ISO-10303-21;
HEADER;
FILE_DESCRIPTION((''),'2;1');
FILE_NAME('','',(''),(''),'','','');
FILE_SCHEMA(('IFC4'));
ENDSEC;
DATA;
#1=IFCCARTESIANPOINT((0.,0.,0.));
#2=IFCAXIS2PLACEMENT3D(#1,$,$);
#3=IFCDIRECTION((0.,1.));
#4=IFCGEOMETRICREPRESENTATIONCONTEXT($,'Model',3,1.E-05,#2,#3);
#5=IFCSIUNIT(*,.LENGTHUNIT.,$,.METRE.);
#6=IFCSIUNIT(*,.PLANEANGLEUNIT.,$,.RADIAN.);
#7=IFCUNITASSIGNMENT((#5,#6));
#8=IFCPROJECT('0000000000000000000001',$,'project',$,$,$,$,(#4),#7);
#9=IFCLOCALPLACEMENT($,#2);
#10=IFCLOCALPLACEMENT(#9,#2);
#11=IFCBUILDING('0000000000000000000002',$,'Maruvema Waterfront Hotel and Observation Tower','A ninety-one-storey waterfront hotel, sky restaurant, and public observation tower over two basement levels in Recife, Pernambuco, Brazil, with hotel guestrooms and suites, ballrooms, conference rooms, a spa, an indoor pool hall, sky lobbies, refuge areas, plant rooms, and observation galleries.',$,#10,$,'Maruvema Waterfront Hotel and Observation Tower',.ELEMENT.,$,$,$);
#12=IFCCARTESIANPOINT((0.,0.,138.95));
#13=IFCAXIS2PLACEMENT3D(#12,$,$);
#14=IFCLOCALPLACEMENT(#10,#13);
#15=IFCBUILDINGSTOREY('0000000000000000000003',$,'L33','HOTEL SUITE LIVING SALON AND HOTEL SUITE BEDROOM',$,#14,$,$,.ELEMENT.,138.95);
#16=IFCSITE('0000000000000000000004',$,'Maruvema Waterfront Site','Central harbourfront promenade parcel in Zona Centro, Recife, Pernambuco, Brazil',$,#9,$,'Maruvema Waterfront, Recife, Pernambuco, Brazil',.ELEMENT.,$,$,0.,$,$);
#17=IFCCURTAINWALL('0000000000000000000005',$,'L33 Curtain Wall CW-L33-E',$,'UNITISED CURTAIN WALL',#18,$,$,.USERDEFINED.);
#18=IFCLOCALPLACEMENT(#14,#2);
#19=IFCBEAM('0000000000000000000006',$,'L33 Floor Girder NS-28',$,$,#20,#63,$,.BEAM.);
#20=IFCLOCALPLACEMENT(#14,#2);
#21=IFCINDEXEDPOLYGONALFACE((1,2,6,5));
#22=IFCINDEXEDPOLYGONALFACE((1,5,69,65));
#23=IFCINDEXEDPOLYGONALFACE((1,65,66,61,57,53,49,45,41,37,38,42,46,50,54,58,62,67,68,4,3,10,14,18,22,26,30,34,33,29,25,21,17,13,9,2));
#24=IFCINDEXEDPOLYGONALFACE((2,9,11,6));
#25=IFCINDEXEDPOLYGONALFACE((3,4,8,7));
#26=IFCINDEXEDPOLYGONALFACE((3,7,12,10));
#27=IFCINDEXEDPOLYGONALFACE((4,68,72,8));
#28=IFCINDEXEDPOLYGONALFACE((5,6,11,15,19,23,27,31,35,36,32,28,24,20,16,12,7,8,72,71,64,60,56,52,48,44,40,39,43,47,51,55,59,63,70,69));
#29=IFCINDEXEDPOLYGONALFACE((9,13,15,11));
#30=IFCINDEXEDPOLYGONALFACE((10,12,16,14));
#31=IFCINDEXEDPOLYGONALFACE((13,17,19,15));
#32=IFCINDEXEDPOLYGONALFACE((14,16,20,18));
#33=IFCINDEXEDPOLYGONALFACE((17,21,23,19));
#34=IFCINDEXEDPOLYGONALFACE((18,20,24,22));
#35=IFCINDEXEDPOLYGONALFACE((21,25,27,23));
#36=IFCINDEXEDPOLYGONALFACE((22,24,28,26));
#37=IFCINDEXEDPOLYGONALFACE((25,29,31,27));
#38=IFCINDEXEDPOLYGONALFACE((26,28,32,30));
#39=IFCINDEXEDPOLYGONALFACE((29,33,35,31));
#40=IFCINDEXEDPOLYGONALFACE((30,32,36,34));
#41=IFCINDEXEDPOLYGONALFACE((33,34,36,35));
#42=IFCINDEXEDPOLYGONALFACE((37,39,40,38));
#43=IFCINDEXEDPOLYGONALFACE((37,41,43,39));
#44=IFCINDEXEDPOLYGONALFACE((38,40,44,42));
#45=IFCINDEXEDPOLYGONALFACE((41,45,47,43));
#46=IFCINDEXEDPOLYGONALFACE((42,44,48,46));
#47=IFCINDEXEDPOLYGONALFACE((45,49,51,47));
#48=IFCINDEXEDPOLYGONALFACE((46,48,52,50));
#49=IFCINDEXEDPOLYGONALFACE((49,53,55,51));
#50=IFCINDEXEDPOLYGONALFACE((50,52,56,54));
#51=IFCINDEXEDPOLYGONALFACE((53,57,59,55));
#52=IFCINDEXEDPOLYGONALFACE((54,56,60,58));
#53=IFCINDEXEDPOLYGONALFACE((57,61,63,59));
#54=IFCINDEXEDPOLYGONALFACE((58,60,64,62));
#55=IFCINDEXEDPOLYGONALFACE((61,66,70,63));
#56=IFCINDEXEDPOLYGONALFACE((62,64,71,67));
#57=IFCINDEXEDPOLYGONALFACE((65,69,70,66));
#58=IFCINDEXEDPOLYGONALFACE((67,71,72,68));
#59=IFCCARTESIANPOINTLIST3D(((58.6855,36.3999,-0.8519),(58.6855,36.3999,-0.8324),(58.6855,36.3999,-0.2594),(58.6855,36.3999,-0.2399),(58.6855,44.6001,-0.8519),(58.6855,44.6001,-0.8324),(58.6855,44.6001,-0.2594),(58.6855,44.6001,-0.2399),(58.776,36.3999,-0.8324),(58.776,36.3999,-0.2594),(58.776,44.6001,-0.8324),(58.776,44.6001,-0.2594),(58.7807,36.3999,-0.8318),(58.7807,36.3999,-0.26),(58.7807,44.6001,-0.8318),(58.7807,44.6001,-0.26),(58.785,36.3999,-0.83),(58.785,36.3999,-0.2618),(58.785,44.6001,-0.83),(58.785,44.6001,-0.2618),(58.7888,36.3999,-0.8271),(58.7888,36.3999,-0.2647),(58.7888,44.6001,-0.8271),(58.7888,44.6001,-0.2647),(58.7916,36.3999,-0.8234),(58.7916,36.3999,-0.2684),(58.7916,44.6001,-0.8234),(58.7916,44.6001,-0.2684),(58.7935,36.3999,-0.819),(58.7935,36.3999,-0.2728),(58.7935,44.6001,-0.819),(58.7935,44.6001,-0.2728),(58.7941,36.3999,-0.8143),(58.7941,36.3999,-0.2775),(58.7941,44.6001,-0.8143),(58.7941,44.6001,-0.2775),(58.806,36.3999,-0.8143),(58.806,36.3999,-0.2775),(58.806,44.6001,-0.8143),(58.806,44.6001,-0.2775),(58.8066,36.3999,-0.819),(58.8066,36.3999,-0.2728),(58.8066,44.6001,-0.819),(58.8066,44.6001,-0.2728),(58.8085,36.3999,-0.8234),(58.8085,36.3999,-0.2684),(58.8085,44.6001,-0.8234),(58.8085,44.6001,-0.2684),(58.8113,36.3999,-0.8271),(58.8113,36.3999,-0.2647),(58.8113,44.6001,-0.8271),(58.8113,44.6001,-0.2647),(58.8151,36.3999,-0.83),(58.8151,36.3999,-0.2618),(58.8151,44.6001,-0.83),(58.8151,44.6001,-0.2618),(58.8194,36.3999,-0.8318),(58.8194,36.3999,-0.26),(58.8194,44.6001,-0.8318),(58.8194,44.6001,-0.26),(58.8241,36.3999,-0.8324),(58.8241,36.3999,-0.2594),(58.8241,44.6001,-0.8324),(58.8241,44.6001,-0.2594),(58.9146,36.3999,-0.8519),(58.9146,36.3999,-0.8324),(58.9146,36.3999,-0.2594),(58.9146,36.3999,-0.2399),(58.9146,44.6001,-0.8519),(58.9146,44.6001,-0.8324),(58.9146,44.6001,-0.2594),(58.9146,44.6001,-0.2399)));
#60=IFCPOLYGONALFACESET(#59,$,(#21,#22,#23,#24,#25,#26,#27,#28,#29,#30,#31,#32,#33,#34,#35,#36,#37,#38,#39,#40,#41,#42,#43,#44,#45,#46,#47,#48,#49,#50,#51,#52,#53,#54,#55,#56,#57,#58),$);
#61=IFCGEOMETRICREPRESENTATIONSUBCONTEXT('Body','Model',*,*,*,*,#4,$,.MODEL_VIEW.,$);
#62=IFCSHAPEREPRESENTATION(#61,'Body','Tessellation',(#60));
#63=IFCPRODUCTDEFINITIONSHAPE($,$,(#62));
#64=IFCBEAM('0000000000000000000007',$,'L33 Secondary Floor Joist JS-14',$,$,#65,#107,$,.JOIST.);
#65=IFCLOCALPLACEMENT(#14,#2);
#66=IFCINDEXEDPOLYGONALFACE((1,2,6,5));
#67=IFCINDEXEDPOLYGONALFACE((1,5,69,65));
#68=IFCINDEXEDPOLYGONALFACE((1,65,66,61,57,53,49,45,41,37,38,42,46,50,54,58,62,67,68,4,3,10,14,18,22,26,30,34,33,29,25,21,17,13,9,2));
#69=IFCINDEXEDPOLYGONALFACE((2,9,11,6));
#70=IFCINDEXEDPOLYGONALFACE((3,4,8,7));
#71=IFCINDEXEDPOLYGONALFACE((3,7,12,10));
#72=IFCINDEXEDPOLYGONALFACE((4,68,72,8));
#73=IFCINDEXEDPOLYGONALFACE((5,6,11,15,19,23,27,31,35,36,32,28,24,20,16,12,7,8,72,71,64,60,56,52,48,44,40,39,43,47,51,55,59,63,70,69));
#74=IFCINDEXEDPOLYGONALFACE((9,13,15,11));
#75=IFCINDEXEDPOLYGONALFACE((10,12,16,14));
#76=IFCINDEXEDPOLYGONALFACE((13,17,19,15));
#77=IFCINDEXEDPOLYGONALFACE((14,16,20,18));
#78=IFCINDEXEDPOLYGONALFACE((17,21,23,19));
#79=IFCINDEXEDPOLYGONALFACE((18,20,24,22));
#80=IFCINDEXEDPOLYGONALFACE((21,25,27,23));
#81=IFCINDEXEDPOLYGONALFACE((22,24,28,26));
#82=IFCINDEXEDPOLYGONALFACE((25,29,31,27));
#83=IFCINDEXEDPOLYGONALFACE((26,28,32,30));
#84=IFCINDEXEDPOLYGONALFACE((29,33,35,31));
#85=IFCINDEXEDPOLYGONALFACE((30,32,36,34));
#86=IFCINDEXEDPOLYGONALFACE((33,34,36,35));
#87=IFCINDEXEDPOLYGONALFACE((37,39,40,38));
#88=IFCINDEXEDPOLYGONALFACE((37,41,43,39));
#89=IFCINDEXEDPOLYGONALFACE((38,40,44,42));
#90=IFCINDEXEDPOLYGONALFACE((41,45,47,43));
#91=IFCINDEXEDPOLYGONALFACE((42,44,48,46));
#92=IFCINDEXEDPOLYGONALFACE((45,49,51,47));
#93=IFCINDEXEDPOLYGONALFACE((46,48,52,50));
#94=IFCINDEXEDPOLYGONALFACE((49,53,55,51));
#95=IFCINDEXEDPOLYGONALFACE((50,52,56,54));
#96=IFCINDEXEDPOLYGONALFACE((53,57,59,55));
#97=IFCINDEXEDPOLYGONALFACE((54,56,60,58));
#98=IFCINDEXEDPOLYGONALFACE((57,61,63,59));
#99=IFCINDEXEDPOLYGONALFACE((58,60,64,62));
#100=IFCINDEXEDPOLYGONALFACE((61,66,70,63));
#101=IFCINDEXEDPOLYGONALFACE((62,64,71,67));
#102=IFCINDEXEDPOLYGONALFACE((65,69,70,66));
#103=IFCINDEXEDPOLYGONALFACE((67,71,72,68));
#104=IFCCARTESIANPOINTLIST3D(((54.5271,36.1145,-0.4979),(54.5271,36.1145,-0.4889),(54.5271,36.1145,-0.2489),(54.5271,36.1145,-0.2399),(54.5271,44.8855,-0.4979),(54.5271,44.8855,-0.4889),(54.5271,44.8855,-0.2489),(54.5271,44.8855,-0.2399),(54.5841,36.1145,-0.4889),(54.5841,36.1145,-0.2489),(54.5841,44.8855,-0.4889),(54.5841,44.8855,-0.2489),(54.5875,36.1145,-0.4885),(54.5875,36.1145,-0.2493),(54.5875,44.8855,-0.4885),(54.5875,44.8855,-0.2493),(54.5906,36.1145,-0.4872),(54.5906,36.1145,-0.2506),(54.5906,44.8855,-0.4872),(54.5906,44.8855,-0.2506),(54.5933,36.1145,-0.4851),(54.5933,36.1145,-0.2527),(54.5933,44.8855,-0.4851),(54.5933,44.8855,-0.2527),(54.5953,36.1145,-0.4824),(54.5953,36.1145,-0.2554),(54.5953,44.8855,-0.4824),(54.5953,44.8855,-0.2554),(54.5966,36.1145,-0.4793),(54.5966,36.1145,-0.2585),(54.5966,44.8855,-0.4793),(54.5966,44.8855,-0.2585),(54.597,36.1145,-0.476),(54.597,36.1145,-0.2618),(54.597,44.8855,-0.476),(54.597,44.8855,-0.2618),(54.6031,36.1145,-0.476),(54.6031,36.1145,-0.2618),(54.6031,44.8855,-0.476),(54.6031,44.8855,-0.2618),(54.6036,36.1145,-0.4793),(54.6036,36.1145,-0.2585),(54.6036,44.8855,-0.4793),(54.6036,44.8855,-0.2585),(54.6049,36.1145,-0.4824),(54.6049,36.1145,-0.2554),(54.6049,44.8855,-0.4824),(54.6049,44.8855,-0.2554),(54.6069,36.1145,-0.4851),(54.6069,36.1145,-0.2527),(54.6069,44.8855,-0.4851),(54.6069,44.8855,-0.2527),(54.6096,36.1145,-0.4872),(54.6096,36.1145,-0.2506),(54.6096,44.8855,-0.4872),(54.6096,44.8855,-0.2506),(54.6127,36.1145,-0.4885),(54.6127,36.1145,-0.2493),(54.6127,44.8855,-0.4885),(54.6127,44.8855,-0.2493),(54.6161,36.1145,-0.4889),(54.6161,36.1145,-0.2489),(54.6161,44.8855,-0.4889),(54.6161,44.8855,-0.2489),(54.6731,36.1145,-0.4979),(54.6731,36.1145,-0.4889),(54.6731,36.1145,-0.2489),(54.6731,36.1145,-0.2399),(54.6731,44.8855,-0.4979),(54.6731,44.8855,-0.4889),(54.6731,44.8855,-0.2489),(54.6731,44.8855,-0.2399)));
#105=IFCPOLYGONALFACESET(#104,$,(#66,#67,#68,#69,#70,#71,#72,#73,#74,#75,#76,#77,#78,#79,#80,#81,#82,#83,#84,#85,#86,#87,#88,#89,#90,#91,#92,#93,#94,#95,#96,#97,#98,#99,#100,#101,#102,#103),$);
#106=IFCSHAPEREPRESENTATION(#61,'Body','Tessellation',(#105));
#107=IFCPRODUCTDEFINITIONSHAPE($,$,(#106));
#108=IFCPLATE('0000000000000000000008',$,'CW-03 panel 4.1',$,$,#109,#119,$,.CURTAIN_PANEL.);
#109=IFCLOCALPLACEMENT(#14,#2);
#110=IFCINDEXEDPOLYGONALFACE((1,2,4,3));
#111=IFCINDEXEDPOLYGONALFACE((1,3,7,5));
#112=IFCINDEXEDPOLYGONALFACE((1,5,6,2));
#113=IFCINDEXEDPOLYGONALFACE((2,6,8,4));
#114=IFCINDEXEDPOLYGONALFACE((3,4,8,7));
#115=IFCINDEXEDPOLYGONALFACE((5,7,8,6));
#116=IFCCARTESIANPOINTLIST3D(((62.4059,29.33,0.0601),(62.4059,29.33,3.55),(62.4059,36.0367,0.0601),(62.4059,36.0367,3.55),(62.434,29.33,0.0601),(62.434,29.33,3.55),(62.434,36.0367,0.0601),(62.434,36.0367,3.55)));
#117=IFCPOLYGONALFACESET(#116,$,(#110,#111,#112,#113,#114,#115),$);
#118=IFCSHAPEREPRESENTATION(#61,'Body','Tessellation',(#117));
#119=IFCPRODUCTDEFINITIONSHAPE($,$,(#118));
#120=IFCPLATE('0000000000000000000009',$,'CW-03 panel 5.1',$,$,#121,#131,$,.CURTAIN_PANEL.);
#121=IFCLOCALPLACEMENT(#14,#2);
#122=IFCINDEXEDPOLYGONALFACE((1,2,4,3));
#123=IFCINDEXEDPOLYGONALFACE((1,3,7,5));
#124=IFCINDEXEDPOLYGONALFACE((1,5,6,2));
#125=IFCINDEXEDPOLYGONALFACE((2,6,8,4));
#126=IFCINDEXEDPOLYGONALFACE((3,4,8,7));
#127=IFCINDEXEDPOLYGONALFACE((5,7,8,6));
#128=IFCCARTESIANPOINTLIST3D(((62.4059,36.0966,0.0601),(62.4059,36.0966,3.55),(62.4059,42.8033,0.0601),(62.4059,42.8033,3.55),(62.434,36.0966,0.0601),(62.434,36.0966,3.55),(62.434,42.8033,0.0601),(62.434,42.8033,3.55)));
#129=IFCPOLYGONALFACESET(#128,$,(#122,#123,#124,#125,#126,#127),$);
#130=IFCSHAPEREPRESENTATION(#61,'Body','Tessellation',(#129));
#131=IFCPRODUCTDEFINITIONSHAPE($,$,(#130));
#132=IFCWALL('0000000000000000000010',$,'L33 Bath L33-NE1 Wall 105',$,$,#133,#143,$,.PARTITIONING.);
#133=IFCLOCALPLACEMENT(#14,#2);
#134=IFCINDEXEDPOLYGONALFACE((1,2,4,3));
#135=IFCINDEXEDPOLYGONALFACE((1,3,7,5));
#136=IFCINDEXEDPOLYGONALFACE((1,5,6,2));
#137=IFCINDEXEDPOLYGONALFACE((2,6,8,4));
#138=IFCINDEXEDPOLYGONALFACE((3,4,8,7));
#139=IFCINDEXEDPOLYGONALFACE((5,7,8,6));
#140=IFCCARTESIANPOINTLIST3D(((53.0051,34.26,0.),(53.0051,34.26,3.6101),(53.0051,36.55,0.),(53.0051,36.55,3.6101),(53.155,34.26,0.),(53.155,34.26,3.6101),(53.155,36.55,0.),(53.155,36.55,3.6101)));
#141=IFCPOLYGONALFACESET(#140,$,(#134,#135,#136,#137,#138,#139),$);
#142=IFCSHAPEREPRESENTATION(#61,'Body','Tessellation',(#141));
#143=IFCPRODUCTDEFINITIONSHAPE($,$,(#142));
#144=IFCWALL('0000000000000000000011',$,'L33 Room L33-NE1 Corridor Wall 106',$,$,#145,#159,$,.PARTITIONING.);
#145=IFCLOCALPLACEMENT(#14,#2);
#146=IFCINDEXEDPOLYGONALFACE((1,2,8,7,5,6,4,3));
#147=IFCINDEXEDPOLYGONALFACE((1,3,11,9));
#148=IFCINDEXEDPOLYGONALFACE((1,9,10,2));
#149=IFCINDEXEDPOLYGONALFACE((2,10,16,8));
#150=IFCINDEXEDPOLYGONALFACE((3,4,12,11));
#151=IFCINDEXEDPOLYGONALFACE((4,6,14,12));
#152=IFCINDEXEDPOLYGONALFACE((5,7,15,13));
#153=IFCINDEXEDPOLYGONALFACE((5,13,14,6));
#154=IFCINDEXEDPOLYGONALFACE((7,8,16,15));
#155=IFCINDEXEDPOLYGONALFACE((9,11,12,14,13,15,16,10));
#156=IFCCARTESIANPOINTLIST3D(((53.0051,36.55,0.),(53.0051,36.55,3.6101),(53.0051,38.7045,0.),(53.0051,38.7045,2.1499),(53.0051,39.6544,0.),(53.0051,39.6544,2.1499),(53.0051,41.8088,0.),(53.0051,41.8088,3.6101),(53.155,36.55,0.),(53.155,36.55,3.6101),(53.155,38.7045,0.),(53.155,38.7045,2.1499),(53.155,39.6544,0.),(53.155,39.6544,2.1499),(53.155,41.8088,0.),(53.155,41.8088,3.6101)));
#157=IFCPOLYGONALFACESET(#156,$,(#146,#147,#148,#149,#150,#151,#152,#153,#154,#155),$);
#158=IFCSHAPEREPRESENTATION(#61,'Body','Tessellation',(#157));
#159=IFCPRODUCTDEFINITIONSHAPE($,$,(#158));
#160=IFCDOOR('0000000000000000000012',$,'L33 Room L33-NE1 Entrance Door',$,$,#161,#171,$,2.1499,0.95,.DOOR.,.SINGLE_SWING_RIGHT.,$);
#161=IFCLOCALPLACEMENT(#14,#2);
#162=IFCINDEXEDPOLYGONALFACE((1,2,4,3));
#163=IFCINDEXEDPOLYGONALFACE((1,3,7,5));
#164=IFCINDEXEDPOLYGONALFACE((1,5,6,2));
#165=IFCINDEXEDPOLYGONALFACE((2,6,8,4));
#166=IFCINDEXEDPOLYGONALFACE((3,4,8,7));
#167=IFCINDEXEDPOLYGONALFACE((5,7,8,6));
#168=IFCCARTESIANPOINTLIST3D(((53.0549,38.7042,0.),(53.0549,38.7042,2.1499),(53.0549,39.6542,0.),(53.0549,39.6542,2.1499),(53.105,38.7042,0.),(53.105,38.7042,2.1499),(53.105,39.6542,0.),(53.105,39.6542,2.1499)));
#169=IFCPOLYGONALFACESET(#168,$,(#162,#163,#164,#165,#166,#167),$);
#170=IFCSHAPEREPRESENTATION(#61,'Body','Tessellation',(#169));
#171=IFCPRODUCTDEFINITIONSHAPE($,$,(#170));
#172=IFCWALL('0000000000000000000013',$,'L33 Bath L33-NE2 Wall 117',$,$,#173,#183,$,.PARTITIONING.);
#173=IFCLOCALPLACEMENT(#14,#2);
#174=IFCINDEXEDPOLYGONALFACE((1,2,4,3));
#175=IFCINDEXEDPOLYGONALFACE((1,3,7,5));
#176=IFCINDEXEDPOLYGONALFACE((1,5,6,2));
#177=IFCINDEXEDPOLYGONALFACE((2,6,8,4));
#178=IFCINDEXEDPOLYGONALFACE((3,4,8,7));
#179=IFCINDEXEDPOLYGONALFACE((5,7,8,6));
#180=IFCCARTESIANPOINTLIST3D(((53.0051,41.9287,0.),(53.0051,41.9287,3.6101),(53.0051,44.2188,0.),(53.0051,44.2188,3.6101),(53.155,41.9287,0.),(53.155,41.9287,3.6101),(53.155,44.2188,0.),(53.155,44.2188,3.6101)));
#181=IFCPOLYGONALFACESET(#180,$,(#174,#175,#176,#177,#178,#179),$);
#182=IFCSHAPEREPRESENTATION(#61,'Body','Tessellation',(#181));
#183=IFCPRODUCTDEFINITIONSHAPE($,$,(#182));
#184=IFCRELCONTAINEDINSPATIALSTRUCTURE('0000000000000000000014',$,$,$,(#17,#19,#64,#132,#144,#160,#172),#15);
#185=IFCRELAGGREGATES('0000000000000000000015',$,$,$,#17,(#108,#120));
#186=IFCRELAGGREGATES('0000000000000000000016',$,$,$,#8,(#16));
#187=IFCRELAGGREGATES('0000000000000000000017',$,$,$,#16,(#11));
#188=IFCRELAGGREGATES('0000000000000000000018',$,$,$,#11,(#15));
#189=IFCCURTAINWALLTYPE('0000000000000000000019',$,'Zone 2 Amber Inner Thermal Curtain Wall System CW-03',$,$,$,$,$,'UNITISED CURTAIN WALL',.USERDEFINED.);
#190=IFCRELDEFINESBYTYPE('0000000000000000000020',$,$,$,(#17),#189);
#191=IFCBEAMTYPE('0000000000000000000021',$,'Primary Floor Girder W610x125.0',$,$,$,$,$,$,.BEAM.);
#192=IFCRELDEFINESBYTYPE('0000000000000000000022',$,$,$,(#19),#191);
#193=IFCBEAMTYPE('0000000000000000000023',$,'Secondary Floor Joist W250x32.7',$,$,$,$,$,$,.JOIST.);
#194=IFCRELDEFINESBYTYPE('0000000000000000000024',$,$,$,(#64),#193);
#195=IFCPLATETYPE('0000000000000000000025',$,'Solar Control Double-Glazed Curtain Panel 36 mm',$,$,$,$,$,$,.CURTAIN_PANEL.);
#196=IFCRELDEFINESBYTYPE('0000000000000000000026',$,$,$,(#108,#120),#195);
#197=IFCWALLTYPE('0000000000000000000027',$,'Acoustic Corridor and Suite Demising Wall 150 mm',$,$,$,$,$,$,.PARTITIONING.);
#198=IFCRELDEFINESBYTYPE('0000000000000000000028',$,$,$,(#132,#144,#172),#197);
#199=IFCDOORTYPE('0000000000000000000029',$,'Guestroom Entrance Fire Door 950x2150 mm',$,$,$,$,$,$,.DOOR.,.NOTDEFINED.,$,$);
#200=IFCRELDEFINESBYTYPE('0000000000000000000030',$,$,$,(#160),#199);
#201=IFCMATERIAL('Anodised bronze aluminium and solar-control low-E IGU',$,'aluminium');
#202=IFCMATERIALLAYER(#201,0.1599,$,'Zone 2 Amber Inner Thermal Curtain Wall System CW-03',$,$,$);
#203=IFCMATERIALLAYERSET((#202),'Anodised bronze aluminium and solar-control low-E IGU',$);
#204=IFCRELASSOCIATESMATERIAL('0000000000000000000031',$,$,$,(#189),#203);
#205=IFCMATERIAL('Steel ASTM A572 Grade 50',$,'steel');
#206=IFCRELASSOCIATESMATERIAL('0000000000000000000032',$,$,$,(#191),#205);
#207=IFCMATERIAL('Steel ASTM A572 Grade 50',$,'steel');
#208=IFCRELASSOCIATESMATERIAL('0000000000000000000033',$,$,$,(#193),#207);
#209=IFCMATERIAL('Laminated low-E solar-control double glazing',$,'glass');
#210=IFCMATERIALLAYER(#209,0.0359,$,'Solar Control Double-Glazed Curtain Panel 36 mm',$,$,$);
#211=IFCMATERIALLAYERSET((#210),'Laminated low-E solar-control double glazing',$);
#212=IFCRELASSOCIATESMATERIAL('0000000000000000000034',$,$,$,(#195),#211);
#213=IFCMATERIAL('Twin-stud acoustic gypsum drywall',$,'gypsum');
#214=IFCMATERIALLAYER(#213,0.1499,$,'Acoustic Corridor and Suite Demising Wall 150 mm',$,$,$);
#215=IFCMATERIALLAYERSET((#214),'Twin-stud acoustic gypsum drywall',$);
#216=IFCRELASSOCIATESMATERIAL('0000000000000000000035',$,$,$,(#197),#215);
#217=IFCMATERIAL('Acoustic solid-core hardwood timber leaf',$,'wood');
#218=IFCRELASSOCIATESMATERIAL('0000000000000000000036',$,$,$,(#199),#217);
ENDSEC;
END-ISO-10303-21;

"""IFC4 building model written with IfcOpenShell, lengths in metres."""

from ifc_helpers import new_model, si_unit, direction, frame, frame_2d, origin, origin_2d, place, context, subcontext, project, spatial, rectangle, i_section, extrude, material, layer, layer_set, material_profile, profile_set, type_object, element, fill, aggregate, save


model = new_model("IFC4")

# Units and contexts
model_context = context("Model", 3, precision=1e-05, world=origin(), true_north=direction((0.0, 1.0)))
body_context = subcontext(model_context, "Body", "Model", "MODEL_VIEW")
ifc_project = project(units=[si_unit("LENGTHUNIT", "METRE"), si_unit("PLANEANGLEUNIT", "RADIAN")], contexts=[model_context])

# Site, building, storey
site_placement = place(None, origin())
site = spatial("IfcSite", under=ifc_project, at=site_placement, Name="Maruvema Waterfront Site", Description="Central harbourfront promenade parcel in Zona Centro, Recife, Pernambuco, Brazil", LongName="Maruvema Waterfront, Recife, Pernambuco, Brazil", CompositionType="ELEMENT", RefElevation=0.0)
building_placement = place(site_placement, origin())
building = spatial("IfcBuilding", under=site, at=building_placement, Name="Maruvema Waterfront Hotel and Observation Tower", Description="A ninety-one-storey waterfront hotel, sky restaurant, and public observation tower over two basement levels in Recife, Pernambuco, Brazil, with hotel guestrooms and suites, ballrooms, conference rooms, a spa, an indoor pool hall, sky lobbies, refuge areas, plant rooms, and observation galleries.", LongName="Maruvema Waterfront Hotel and Observation Tower", CompositionType="ELEMENT")
storey_placement = place(building_placement, frame((0.0, 0.0, 138.95)))
storey = spatial("IfcBuildingStorey", under=building, at=storey_placement, Name="L33", Description="HOTEL SUITE LIVING SALON AND HOTEL SUITE BEDROOM", CompositionType="ELEMENT", Elevation=138.95)

# Curtain wall
ifc_material_1 = material(Name="Anodised bronze aluminium and solar-control low-E IGU", Category="aluminium")
ifc_layer_1 = layer(ifc_material_1, 0.1599, Name="Zone 2 Amber Inner Thermal Curtain Wall System CW-03")
ifc_layer_set_1 = layer_set([ifc_layer_1], Name="Anodised bronze aluminium and solar-control low-E IGU")
curtain_wall_type = type_object("IfcCurtainWallType", Name="Zone 2 Amber Inner Thermal Curtain Wall System CW-03", ElementType="UNITISED CURTAIN WALL", PredefinedType="USERDEFINED", material=ifc_layer_set_1)
curtain_wall_placement = place(storey_placement, origin())
curtain_wall = element("IfcCurtainWall", 1, at=curtain_wall_placement, inside=storey, type_object=curtain_wall_type, Name="L33 Curtain Wall CW-L33-E", ObjectType="UNITISED CURTAIN WALL", PredefinedType="USERDEFINED")

# Beams
ifc_material_2 = material(Name="Steel ASTM A572 Grade 50", Category="steel")
ifc_material_profile_1 = material_profile(ifc_material_2, i_section(OverallWidth=0.229, OverallDepth=0.6121, WebThickness=0.012, FlangeThickness=0.0195, FilletRadius=0.0181, at=origin_2d()), Name="W610x125.0")
ifc_profile_set_1 = profile_set([ifc_material_profile_1], Name="Steel ASTM A572 Grade 50")
beam_type_1 = type_object("IfcBeamType", Name="Primary Floor Girder W610x125.0", PredefinedType="BEAM", material=ifc_profile_set_1)
beam_1_placement = place(storey_placement, frame((58.8, 36.3999, -0.5459), z_axis=(0.0, 1.0, 0.0), x_axis=(-1.0, 0.0, 0.0)))
element("IfcBeam", 2, at=beam_1_placement, inside=storey, type_object=beam_type_1, Name="L33 Floor Girder NS-28", PredefinedType="BEAM", context=body_context, shape_type="SweptSolid", body=[
    extrude(i_section(OverallWidth=0.229, OverallDepth=0.6121, WebThickness=0.012, FlangeThickness=0.0195, FilletRadius=0.0181, at=origin_2d()), origin(), (0.0, 0.0, 1.0), 8.2002),
])
ifc_material_3 = material(Name="Steel ASTM A572 Grade 50", Category="steel")
ifc_material_profile_2 = material_profile(ifc_material_3, i_section(OverallWidth=0.146, OverallDepth=0.2581, WebThickness=0.0061, FlangeThickness=0.009, FilletRadius=0.0129, at=origin_2d()), Name="W250x32.7")
ifc_profile_set_2 = profile_set([ifc_material_profile_2], Name="Steel ASTM A572 Grade 50")
beam_type_2 = type_object("IfcBeamType", Name="Secondary Floor Joist W250x32.7", PredefinedType="JOIST", material=ifc_profile_set_2)
beam_2_placement = place(storey_placement, frame((54.6001, 36.1145, -0.3689), z_axis=(0.0, 1.0, 0.0), x_axis=(-1.0, 0.0, 0.0)))
element("IfcBeam", 3, at=beam_2_placement, inside=storey, type_object=beam_type_2, Name="L33 Secondary Floor Joist JS-14", PredefinedType="JOIST", context=body_context, shape_type="SweptSolid", body=[
    extrude(i_section(OverallWidth=0.146, OverallDepth=0.2581, WebThickness=0.0061, FlangeThickness=0.009, FilletRadius=0.0129, at=origin_2d()), origin(), (0.0, 0.0, 1.0), 8.771),
])

# Plates
ifc_material_4 = material(Name="Laminated low-E solar-control double glazing", Category="glass")
ifc_layer_2 = layer(ifc_material_4, 0.0359, Name="Solar Control Double-Glazed Curtain Panel 36 mm")
ifc_layer_set_2 = layer_set([ifc_layer_2], Name="Laminated low-E solar-control double glazing")
plate_type = type_object("IfcPlateType", Name="Solar Control Double-Glazed Curtain Panel 36 mm", PredefinedType="CURTAIN_PANEL", material=ifc_layer_set_2)
plate_1_placement = place(storey_placement, frame((62.4199, 32.6833, 0.0601), z_axis=(0.0, 0.0, 1.0), x_axis=(0.0, 1.0, 0.0)))
plate_1 = element("IfcPlate", 4, at=plate_1_placement, type_object=plate_type, Name="CW-03 panel 4.1", PredefinedType="CURTAIN_PANEL", context=body_context, shape_type="SweptSolid", body=[
    extrude(rectangle(XDim=6.7068, YDim=0.0281, at=origin_2d()), origin(), (0.0, 0.0, 1.0), 3.49),
])
plate_2_placement = place(storey_placement, frame((62.4199, 39.45, 0.0601), z_axis=(0.0, 0.0, 1.0), x_axis=(0.0, 1.0, 0.0)))
plate_2 = element("IfcPlate", 5, at=plate_2_placement, type_object=plate_type, Name="CW-03 panel 5.1", PredefinedType="CURTAIN_PANEL", context=body_context, shape_type="SweptSolid", body=[
    extrude(rectangle(XDim=6.7068, YDim=0.0281, at=origin_2d()), origin(), (0.0, 0.0, 1.0), 3.49),
])
aggregate(curtain_wall, [plate_1, plate_2])

# Wall
ifc_material_5 = material(Name="Twin-stud acoustic gypsum drywall", Category="gypsum")
ifc_layer_3 = layer(ifc_material_5, 0.1499, Name="Acoustic Corridor and Suite Demising Wall 150 mm")
ifc_layer_set_3 = layer_set([ifc_layer_3], Name="Twin-stud acoustic gypsum drywall")
wall_type_1 = type_object("IfcWallType", Name="Acoustic Corridor and Suite Demising Wall 150 mm", PredefinedType="PARTITIONING", material=ifc_layer_set_3)
wall_1_placement = place(storey_placement, frame((53.0801, 34.26, 0.0), z_axis=(0.0, 0.0, 1.0), x_axis=(0.0, 1.0, 0.0)))
element("IfcWall", 6, at=wall_1_placement, inside=storey, type_object=wall_type_1, Name="L33 Bath L33-NE1 Wall 105", PredefinedType="PARTITIONING", context=body_context, shape_type="SweptSolid", body=[
    extrude(rectangle(XDim=2.29, YDim=0.1499, at=frame_2d((1.145, 0.0))), origin(), (0.0, 0.0, 1.0), 3.6101),
])

# Wall, opening, door
wall_2_placement = place(storey_placement, frame((53.0801, 36.55, 0.0), z_axis=(0.0, 0.0, 1.0), x_axis=(0.0, 1.0, 0.0)))
wall_2 = element("IfcWall", 7, at=wall_2_placement, inside=storey, type_object=wall_type_1, Name="L33 Room L33-NE1 Corridor Wall 106", PredefinedType="PARTITIONING", context=body_context, shape_type="SweptSolid", body=[
    extrude(rectangle(XDim=5.2588, YDim=0.1499, at=frame_2d((2.6294, 0.0))), origin(), (0.0, 0.0, 1.0), 3.6101),
])
opening_1_placement = place(wall_2_placement, frame((2.1543, 0.0, 0.0)))
opening_1 = element("IfcOpeningElement", 8, at=opening_1_placement, cuts=wall_2, PredefinedType="OPENING", context=body_context, shape_type="SweptSolid", body=[
    extrude(rectangle(XDim=0.95, YDim=2.1499, at=frame_2d((0.4751, 1.075))), frame((0.0, 0.085, 0.0), z_axis=(0.0, -1.0, 0.0), x_axis=(1.0, 0.0, 0.0)), (0.0, 0.0, 1.0), 0.1699),
])
ifc_material_6 = material(Name="Acoustic solid-core hardwood timber leaf", Category="wood")
door_type_1 = type_object("IfcDoorType", Name="Guestroom Entrance Fire Door 950x2150 mm", OperationType="NOTDEFINED", PredefinedType="DOOR", material=ifc_material_6)
door_1_placement = place(opening_1_placement, frame((0.95, 0.0, 0.0), z_axis=(0.0, 0.0, 1.0), x_axis=(-1.0, 0.0, 0.0)))
door_1 = element("IfcDoor", 9, at=door_1_placement, inside=storey, type_object=door_type_1, Name="L33 Room L33-NE1 Entrance Door", OperationType="SINGLE_SWING_RIGHT", OverallHeight=2.1499, OverallWidth=0.95, PredefinedType="DOOR", context=body_context, shape_type="SweptSolid", body=[
    extrude(rectangle(XDim=0.95, YDim=2.1499, at=frame_2d((0.4751, 1.075))), frame((0.0, 0.0249, 0.0), z_axis=(0.0, -1.0, 0.0), x_axis=(1.0, 0.0, 0.0)), (0.0, 0.0, 1.0), 0.05),
])
fill(opening_1, door_1)

# Wall
wall_3_placement = place(storey_placement, frame((53.0801, 41.9287, 0.0), z_axis=(0.0, 0.0, 1.0), x_axis=(0.0, 1.0, 0.0)))
element("IfcWall", 10, at=wall_3_placement, inside=storey, type_object=wall_type_1, Name="L33 Bath L33-NE2 Wall 117", PredefinedType="PARTITIONING", context=body_context, shape_type="SweptSolid", body=[
    extrude(rectangle(XDim=2.29, YDim=0.1499, at=frame_2d((1.145, 0.0))), origin(), (0.0, 0.0, 1.0), 3.6101),
])

save(model, "model.ifc")
